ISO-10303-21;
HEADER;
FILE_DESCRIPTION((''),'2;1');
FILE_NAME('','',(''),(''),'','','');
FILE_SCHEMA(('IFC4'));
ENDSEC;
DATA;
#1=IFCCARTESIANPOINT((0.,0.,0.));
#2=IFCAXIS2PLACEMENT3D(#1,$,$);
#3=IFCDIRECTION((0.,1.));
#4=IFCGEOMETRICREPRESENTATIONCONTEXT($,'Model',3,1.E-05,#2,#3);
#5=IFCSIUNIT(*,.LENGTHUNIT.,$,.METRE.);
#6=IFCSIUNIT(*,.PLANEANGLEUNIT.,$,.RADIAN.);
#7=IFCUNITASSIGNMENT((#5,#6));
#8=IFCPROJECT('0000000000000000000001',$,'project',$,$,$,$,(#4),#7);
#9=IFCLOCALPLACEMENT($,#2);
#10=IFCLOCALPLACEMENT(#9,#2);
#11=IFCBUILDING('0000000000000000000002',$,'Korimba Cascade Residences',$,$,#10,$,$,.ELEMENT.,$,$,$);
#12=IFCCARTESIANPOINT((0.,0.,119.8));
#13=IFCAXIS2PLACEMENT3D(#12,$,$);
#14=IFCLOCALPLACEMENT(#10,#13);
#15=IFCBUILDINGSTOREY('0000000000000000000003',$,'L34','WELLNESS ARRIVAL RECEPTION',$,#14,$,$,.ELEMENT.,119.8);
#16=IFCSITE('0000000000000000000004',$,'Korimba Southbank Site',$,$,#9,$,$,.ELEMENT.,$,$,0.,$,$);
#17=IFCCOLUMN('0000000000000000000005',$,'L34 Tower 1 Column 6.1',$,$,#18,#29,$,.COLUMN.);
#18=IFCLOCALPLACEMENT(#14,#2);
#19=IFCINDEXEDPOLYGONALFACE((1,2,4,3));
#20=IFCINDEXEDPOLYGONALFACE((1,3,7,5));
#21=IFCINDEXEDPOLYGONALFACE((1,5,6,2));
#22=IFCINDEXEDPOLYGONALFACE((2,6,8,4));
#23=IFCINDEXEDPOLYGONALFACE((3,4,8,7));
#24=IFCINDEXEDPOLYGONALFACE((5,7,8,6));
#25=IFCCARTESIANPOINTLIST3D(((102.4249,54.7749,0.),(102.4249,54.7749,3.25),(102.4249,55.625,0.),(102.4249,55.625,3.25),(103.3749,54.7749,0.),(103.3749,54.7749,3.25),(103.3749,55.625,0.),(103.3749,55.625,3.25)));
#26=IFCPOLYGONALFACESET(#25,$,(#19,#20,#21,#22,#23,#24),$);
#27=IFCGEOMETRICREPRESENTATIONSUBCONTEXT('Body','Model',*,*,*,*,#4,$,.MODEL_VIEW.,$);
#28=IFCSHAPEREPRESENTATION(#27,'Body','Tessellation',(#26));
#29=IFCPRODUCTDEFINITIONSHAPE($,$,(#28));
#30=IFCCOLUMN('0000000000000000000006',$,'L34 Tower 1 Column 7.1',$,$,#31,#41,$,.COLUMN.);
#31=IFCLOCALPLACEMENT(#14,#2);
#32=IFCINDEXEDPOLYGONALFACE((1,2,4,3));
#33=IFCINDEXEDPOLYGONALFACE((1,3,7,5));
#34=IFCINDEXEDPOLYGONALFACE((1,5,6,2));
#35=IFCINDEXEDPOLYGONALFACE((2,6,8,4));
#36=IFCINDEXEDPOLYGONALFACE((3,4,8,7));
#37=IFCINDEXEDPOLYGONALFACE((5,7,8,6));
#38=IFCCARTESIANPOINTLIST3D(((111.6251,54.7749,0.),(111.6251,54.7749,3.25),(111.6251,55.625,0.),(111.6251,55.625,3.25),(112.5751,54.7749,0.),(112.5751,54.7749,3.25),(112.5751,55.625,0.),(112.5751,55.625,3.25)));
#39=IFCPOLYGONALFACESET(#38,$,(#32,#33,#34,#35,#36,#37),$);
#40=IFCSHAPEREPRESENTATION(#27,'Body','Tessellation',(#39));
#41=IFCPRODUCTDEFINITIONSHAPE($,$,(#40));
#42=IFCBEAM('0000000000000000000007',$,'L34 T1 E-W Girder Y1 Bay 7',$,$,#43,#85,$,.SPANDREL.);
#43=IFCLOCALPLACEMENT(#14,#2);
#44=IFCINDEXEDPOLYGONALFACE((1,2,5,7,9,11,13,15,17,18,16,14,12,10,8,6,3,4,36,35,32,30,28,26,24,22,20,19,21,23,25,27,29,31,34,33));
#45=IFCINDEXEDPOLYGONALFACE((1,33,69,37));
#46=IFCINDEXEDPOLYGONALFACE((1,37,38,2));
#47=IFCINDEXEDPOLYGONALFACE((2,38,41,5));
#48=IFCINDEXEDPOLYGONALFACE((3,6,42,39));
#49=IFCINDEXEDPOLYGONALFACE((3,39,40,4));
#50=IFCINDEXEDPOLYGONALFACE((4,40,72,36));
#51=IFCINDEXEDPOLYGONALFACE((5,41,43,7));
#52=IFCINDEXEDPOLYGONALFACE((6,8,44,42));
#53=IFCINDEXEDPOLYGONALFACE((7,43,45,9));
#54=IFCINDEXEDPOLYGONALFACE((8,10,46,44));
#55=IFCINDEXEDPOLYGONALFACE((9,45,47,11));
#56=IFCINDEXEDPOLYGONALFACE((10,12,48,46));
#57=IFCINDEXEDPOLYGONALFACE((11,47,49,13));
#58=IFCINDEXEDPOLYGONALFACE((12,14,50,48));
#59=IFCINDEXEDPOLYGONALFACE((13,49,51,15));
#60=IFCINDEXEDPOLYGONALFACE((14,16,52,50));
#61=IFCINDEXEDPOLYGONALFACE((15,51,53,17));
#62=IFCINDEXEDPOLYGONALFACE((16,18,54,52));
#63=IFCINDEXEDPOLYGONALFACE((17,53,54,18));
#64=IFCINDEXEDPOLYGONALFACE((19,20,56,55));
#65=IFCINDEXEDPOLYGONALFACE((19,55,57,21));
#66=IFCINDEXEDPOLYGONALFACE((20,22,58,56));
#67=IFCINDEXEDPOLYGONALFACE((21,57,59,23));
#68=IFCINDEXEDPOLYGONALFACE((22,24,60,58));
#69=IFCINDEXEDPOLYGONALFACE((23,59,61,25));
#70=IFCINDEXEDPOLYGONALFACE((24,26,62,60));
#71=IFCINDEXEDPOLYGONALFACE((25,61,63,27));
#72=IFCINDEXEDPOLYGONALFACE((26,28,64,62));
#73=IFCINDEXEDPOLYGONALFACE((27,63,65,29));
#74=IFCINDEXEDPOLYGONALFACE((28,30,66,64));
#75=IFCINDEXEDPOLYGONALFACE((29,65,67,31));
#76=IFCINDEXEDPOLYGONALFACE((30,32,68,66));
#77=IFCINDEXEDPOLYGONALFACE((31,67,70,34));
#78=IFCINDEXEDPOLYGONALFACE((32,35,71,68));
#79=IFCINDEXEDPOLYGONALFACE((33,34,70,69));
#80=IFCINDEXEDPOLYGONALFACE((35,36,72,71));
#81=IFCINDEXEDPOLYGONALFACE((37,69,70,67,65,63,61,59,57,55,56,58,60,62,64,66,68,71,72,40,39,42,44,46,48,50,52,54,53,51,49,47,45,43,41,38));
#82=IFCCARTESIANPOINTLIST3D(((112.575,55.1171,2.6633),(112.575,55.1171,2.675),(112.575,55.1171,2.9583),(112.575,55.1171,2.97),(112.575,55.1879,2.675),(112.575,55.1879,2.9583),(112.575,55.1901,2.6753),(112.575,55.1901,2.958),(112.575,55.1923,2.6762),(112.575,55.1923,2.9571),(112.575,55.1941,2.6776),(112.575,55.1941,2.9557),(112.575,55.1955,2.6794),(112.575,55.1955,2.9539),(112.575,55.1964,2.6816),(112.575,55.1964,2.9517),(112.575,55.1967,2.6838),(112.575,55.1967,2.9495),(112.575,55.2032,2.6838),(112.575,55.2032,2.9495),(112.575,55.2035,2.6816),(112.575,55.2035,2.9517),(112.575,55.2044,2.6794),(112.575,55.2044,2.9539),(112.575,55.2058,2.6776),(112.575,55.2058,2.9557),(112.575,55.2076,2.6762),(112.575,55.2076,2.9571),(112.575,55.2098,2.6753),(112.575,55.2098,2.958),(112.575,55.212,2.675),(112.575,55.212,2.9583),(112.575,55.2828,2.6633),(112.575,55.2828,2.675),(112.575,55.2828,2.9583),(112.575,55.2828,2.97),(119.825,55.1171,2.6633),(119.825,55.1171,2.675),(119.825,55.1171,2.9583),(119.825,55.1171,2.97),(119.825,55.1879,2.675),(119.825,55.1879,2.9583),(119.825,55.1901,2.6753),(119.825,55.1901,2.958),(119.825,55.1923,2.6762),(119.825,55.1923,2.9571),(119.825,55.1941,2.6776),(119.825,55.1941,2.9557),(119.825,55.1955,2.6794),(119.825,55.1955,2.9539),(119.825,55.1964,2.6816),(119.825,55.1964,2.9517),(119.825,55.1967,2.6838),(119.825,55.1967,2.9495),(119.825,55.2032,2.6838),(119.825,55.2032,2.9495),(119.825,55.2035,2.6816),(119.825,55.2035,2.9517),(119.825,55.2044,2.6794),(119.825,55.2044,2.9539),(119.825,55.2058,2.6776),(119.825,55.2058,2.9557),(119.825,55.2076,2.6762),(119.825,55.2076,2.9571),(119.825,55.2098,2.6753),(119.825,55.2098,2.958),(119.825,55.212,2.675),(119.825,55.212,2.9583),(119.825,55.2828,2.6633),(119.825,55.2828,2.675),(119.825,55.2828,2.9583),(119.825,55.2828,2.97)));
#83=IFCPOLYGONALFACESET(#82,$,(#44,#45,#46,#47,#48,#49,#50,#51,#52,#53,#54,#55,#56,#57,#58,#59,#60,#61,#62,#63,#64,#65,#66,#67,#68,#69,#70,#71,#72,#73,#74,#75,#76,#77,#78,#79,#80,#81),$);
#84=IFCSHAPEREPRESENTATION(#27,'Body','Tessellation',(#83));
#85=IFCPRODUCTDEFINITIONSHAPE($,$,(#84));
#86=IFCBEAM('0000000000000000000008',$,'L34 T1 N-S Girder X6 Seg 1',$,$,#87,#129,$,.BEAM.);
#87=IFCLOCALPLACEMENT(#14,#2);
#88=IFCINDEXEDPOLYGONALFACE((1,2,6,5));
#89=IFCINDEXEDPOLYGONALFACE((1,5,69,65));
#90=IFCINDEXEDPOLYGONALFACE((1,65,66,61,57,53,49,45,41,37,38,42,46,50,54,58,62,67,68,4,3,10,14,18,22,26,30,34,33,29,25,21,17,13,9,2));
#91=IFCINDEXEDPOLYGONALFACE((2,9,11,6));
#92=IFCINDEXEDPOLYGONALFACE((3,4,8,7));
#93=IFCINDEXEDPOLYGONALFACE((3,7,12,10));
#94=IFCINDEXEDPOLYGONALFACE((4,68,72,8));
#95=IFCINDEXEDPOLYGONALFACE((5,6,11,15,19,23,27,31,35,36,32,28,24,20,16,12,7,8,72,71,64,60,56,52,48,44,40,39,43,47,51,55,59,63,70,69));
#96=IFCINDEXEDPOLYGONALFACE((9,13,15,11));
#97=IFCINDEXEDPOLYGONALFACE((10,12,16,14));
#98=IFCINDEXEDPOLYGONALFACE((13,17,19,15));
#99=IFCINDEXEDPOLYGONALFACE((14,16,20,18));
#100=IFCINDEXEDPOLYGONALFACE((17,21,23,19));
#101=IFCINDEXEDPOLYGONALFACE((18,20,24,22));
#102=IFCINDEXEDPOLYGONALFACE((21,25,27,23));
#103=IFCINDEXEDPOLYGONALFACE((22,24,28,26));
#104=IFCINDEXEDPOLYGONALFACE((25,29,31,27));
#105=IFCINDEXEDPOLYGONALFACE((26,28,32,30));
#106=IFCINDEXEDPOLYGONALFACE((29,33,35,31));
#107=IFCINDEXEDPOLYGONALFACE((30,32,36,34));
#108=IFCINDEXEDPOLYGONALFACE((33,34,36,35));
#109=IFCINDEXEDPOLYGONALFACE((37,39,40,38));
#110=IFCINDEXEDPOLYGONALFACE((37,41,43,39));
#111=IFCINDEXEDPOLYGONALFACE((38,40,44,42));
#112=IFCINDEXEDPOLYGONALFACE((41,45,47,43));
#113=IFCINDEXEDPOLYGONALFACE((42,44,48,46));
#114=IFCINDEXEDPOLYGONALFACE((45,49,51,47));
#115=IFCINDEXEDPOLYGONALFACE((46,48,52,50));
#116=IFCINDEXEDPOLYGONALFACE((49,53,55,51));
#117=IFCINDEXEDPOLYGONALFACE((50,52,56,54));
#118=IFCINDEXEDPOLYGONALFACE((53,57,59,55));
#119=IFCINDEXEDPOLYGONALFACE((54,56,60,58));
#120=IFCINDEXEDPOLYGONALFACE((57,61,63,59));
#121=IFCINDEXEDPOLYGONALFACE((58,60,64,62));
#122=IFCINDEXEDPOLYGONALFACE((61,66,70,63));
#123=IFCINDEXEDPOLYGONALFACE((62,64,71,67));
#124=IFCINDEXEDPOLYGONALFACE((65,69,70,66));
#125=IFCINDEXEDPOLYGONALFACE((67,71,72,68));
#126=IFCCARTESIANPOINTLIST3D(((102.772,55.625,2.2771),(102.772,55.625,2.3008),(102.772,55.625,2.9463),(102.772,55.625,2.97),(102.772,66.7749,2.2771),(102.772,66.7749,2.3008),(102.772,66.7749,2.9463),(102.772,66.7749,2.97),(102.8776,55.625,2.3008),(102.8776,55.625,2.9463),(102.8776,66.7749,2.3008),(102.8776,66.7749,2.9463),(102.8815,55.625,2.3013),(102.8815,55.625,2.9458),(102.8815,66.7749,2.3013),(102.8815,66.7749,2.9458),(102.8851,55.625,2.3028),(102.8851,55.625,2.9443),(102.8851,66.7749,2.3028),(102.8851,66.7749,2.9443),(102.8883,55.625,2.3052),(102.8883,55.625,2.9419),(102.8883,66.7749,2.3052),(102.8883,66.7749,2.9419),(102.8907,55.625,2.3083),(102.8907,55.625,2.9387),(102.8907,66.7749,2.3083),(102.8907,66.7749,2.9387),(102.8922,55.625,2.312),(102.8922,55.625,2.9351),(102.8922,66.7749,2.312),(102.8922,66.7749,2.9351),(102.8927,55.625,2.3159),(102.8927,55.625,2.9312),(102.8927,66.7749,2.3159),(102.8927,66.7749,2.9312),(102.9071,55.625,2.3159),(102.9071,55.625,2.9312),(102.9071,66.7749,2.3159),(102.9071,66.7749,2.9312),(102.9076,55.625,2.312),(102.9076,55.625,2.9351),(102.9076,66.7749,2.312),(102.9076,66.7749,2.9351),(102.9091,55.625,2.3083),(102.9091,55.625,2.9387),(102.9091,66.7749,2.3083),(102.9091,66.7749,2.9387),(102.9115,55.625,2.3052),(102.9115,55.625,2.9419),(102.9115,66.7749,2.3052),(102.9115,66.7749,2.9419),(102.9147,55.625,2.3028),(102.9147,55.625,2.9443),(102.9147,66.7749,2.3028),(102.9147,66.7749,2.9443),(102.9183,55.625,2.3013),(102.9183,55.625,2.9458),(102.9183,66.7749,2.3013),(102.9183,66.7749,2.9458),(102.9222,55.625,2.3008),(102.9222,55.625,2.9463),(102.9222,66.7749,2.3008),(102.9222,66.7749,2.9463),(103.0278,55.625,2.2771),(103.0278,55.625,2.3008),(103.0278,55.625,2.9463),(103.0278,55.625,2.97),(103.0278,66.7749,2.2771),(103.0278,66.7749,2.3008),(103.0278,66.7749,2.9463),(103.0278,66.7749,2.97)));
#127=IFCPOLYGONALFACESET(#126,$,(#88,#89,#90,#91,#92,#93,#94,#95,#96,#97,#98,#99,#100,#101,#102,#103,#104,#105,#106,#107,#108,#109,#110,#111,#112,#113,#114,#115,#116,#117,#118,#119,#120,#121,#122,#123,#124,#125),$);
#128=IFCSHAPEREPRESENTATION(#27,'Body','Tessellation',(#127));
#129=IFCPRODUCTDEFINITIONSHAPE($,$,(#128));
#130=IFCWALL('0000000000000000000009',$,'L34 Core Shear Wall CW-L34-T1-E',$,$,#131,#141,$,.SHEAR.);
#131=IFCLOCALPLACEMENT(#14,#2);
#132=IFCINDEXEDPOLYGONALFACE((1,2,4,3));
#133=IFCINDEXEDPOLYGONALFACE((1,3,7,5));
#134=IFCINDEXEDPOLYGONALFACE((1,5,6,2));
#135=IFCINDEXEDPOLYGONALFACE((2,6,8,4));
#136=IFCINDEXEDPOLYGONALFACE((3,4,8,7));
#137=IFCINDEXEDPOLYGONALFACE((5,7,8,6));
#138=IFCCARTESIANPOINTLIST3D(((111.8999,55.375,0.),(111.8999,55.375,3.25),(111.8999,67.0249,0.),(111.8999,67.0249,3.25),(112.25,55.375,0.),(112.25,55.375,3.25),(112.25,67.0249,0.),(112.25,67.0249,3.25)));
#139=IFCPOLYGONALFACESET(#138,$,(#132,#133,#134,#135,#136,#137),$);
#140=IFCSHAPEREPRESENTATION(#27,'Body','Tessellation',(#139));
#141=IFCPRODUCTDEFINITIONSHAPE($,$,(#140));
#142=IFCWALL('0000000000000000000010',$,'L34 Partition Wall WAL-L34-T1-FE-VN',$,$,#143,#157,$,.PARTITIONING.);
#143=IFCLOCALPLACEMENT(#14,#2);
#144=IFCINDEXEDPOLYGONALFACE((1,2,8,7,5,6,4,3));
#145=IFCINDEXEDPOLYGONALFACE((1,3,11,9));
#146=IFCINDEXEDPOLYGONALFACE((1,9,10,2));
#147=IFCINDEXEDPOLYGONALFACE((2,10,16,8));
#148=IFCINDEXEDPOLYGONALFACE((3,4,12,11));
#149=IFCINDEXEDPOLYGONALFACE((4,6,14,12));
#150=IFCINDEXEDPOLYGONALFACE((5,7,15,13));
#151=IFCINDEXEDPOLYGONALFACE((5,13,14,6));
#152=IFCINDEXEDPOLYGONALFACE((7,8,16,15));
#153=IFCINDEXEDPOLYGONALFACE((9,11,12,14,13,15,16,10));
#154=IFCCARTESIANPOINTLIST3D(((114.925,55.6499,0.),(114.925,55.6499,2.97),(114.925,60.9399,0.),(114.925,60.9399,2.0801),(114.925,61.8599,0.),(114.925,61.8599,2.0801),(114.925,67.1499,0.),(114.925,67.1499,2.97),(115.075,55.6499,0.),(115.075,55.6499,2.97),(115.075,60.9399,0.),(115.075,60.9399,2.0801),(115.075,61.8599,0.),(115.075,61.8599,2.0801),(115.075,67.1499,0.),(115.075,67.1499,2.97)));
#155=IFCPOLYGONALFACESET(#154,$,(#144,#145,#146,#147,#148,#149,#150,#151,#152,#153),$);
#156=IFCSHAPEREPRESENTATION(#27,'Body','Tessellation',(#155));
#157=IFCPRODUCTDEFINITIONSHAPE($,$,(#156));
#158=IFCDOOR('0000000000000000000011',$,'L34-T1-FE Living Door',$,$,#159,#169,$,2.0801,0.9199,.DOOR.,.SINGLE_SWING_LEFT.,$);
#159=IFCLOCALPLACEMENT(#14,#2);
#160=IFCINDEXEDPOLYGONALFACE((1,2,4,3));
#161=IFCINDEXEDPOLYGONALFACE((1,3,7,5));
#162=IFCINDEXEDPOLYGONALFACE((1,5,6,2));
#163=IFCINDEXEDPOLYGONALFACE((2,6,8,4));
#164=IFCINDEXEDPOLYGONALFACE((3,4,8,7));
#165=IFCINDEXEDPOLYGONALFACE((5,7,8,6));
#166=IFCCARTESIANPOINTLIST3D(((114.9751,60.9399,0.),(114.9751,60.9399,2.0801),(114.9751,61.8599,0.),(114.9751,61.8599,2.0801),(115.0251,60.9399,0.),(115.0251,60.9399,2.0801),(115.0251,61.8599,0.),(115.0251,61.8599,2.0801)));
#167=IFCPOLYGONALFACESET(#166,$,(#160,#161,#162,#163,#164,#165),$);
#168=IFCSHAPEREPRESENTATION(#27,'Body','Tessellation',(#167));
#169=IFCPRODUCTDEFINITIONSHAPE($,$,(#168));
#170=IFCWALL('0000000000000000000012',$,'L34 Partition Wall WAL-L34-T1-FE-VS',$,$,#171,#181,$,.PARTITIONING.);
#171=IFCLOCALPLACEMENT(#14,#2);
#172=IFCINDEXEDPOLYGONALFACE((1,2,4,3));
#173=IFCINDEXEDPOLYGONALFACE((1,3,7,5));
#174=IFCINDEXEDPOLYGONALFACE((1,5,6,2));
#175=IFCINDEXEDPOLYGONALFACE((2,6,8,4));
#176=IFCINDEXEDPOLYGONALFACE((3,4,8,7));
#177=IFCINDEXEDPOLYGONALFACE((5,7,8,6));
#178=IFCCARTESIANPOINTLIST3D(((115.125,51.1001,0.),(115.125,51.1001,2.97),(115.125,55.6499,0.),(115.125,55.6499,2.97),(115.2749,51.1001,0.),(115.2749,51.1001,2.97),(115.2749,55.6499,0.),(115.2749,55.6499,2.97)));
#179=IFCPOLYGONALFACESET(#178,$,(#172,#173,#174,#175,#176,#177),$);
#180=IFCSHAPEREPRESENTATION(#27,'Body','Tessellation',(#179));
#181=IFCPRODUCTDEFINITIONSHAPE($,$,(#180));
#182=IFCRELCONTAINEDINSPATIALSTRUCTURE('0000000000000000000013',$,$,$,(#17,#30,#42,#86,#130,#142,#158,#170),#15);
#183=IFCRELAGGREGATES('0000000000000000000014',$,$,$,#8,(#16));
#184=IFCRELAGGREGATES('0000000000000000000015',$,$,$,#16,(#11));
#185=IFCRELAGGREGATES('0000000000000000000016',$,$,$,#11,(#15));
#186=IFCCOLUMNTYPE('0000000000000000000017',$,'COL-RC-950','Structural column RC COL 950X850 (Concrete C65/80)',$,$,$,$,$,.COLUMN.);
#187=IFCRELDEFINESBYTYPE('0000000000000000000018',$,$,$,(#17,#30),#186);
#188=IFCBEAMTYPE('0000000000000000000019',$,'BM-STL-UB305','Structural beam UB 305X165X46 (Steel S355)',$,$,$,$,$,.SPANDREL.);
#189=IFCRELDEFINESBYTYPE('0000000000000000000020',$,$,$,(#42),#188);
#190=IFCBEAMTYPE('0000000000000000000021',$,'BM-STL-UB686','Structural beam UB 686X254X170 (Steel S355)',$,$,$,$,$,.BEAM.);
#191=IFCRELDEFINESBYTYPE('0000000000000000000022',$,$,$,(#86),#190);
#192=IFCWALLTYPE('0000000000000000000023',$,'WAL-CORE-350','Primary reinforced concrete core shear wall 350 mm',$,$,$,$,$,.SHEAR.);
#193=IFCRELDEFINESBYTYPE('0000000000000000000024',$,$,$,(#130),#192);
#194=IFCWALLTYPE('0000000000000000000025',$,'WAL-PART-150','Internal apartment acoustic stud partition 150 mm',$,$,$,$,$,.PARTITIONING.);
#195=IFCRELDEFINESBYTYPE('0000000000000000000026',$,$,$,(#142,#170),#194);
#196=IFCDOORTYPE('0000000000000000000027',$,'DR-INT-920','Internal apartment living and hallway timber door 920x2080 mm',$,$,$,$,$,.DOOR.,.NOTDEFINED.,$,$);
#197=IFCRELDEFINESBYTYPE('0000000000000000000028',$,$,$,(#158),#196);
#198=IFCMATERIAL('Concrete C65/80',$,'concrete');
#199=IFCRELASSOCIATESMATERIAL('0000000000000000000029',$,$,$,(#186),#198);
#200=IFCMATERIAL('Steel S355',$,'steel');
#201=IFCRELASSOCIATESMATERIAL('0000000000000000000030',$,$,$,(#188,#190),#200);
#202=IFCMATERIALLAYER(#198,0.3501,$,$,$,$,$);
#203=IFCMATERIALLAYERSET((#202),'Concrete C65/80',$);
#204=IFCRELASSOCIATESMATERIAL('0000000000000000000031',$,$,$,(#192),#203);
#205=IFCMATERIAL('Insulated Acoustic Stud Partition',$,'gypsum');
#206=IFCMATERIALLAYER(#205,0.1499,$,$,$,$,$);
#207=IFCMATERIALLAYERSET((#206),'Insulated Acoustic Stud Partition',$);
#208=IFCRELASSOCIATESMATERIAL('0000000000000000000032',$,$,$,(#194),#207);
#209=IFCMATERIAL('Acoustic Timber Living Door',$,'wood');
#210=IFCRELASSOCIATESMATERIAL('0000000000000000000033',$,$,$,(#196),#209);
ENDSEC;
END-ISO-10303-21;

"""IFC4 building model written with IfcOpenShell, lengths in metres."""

from ifc_helpers import new_model, si_unit, direction, frame, frame_2d, origin, origin_2d, place, context, subcontext, project, spatial, rectangle, i_section, extrude, material, layer, layer_set, material_profile, profile_set, type_object, element, fill, save


model = new_model("IFC4")

# Units and contexts
model_context = context("Model", 3, precision=1e-05, world=origin(), true_north=direction((0.0, 1.0)))
body_context = subcontext(model_context, "Body", "Model", "MODEL_VIEW")
ifc_project = project(units=[si_unit("LENGTHUNIT", "METRE"), si_unit("PLANEANGLEUNIT", "RADIAN")], contexts=[model_context])

# Site, building, storey
site_placement = place(None, origin())
site = spatial("IfcSite", under=ifc_project, at=site_placement, Name="Korimba Southbank Site", CompositionType="ELEMENT", RefElevation=0.0)
building_placement = place(site_placement, origin())
building = spatial("IfcBuilding", under=site, at=building_placement, Name="Korimba Cascade Residences", CompositionType="ELEMENT")
storey_placement = place(building_placement, frame((0.0, 0.0, 119.8)))
storey = spatial("IfcBuildingStorey", under=building, at=storey_placement, Name="L34", Description="WELLNESS ARRIVAL RECEPTION", CompositionType="ELEMENT", Elevation=119.8)

# Columns
ifc_material_1 = material(Name="Concrete C65/80", Category="concrete")
ifc_material_profile_1 = material_profile(ifc_material_1, rectangle(XDim=0.95, YDim=0.8501, at=origin_2d()), Name="Concrete C65/80")
ifc_profile_set_1 = profile_set([ifc_material_profile_1], Name="Concrete C65/80")
column_type = type_object("IfcColumnType", Name="COL-RC-950", Description="Structural column RC COL 950X850 (Concrete C65/80)", PredefinedType="COLUMN", material=ifc_profile_set_1)
for number, where, z_axis, x_axis, name in (
    (1, (102.8999, 55.2, 0.0), (0.0, 0.0, 1.0), (1.0, 0.0, 0.0), "L34 Tower 1 Column 6.1"),
    (2, (112.1001, 55.2, 0.0), (0.0, 0.0, 1.0), (1.0, 0.0, 0.0), "L34 Tower 1 Column 7.1"),
):
    element("IfcColumn", number, at=place(storey_placement, frame(where, z_axis=z_axis, x_axis=x_axis)), inside=storey, type_object=column_type, Name=name, PredefinedType="COLUMN", context=body_context, shape_type="SweptSolid", body=[
        extrude(rectangle(XDim=0.95, YDim=0.8501, at=origin_2d()), origin(), (0.0, 0.0, 1.0), 3.25),
    ])

# Beams
ifc_material_2 = material(Name="Steel S355", Category="steel")
ifc_material_profile_2 = material_profile(ifc_material_2, i_section(OverallWidth=0.1658, OverallDepth=0.3066, WebThickness=0.0066, FlangeThickness=0.0117, FilletRadius=0.0088, at=origin_2d()), Name="Steel S355")
ifc_profile_set_2 = profile_set([ifc_material_profile_2], Name="Steel S355")
beam_type_1 = type_object("IfcBeamType", Name="BM-STL-UB305", Description="Structural beam UB 305X165X46 (Steel S355)", PredefinedType="SPANDREL", material=ifc_profile_set_2)
beam_1_placement = place(storey_placement, frame((112.575, 55.2, 2.8167), z_axis=(1.0, 0.0, 0.0), x_axis=(0.0, 1.0, 0.0)))
element("IfcBeam", 3, at=beam_1_placement, inside=storey, type_object=beam_type_1, Name="L34 T1 E-W Girder Y1 Bay 7", PredefinedType="SPANDREL", context=body_context, shape_type="SweptSolid", body=[
    extrude(i_section(OverallWidth=0.1658, OverallDepth=0.3066, WebThickness=0.0066, FlangeThickness=0.0117, FilletRadius=0.0088, at=origin_2d()), origin(), (0.0, 0.0, 1.0), 7.25),
])
ifc_material_profile_3 = material_profile(ifc_material_2, i_section(OverallWidth=0.2559, OverallDepth=0.6929, WebThickness=0.0144, FlangeThickness=0.0237, FilletRadius=0.0151, at=origin_2d()), Name="Steel S355")
ifc_profile_set_3 = profile_set([ifc_material_profile_3], Name="Steel S355")
beam_type_2 = type_object("IfcBeamType", Name="BM-STL-UB686", Description="Structural beam UB 686X254X170 (Steel S355)", PredefinedType="BEAM", material=ifc_profile_set_3)
beam_2_placement = place(storey_placement, frame((102.8999, 55.625, 2.6235), z_axis=(0.0, 1.0, 0.0), x_axis=(-1.0, 0.0, 0.0)))
element("IfcBeam", 4, at=beam_2_placement, inside=storey, type_object=beam_type_2, Name="L34 T1 N-S Girder X6 Seg 1", PredefinedType="BEAM", context=body_context, shape_type="SweptSolid", body=[
    extrude(i_section(OverallWidth=0.2559, OverallDepth=0.6929, WebThickness=0.0144, FlangeThickness=0.0237, FilletRadius=0.0151, at=origin_2d()), origin(), (0.0, 0.0, 1.0), 11.1499),
])

# Wall
ifc_layer_1 = layer(ifc_material_1, 0.3501)
ifc_layer_set_1 = layer_set([ifc_layer_1], Name="Concrete C65/80")
wall_type_1 = type_object("IfcWallType", Name="WAL-CORE-350", Description="Primary reinforced concrete core shear wall 350 mm", PredefinedType="SHEAR", material=ifc_layer_set_1)
wall_1_placement = place(storey_placement, frame((112.075, 55.375, 0.0), z_axis=(0.0, 0.0, 1.0), x_axis=(0.0, 1.0, 0.0)))
element("IfcWall", 5, at=wall_1_placement, inside=storey, type_object=wall_type_1, Name="L34 Core Shear Wall CW-L34-T1-E", PredefinedType="SHEAR", context=body_context, shape_type="SweptSolid", body=[
    extrude(rectangle(XDim=11.6499, YDim=0.3501, at=frame_2d((5.825, 0.0))), origin(), (0.0, 0.0, 1.0), 3.25),
])

# Wall, opening, door
ifc_material_3 = material(Name="Insulated Acoustic Stud Partition", Category="gypsum")
ifc_layer_2 = layer(ifc_material_3, 0.1499)
ifc_layer_set_2 = layer_set([ifc_layer_2], Name="Insulated Acoustic Stud Partition")
wall_type_2 = type_object("IfcWallType", Name="WAL-PART-150", Description="Internal apartment acoustic stud partition 150 mm", PredefinedType="PARTITIONING", material=ifc_layer_set_2)
wall_2_placement = place(storey_placement, frame((115.0, 55.6499, 0.0), z_axis=(0.0, 0.0, 1.0), x_axis=(0.0, 1.0, 0.0)))
wall_2 = element("IfcWall", 6, at=wall_2_placement, inside=storey, type_object=wall_type_2, Name="L34 Partition Wall WAL-L34-T1-FE-VN", PredefinedType="PARTITIONING", context=body_context, shape_type="SweptSolid", body=[
    extrude(rectangle(XDim=11.5, YDim=0.1499, at=frame_2d((5.75, 0.0))), origin(), (0.0, 0.0, 1.0), 2.97),
])
opening_1_placement = place(wall_2_placement, frame((5.29, 0.0, 0.0)))
opening_1 = element("IfcOpeningElement", 7, at=opening_1_placement, cuts=wall_2, PredefinedType="OPENING", context=body_context, shape_type="SweptSolid", body=[
    extrude(rectangle(XDim=0.9199, YDim=2.0801, at=frame_2d((0.46, 1.04))), frame((0.0, 0.085, 0.0), z_axis=(0.0, -1.0, 0.0), x_axis=(1.0, 0.0, 0.0)), (0.0, 0.0, 1.0), 0.1699),
])
ifc_material_4 = material(Name="Acoustic Timber Living Door", Category="wood")
door_type_1 = type_object("IfcDoorType", Name="DR-INT-920", Description="Internal apartment living and hallway timber door 920x2080 mm", OperationType="NOTDEFINED", PredefinedType="DOOR", material=ifc_material_4)
door_1_placement = place(opening_1_placement, origin())
door_1 = element("IfcDoor", 8, at=door_1_placement, inside=storey, type_object=door_type_1, Name="L34-T1-FE Living Door", OperationType="SINGLE_SWING_LEFT", OverallHeight=2.0801, OverallWidth=0.9199, PredefinedType="DOOR", context=body_context, shape_type="SweptSolid", body=[
    extrude(rectangle(XDim=0.9199, YDim=2.0801, at=frame_2d((0.46, 1.04))), frame((0.0, 0.0249, 0.0), z_axis=(0.0, -1.0, 0.0), x_axis=(1.0, 0.0, 0.0)), (0.0, 0.0, 1.0), 0.05),
])
fill(opening_1, door_1)

# Wall
wall_3_placement = place(storey_placement, frame((115.2, 51.1001, 0.0), z_axis=(0.0, 0.0, 1.0), x_axis=(0.0, 1.0, 0.0)))
element("IfcWall", 9, at=wall_3_placement, inside=storey, type_object=wall_type_2, Name="L34 Partition Wall WAL-L34-T1-FE-VS", PredefinedType="PARTITIONING", context=body_context, shape_type="SweptSolid", body=[
    extrude(rectangle(XDim=4.5498, YDim=0.1499, at=frame_2d((2.2749, 0.0))), origin(), (0.0, 0.0, 1.0), 2.97),
])

save(model, "model.ifc")
